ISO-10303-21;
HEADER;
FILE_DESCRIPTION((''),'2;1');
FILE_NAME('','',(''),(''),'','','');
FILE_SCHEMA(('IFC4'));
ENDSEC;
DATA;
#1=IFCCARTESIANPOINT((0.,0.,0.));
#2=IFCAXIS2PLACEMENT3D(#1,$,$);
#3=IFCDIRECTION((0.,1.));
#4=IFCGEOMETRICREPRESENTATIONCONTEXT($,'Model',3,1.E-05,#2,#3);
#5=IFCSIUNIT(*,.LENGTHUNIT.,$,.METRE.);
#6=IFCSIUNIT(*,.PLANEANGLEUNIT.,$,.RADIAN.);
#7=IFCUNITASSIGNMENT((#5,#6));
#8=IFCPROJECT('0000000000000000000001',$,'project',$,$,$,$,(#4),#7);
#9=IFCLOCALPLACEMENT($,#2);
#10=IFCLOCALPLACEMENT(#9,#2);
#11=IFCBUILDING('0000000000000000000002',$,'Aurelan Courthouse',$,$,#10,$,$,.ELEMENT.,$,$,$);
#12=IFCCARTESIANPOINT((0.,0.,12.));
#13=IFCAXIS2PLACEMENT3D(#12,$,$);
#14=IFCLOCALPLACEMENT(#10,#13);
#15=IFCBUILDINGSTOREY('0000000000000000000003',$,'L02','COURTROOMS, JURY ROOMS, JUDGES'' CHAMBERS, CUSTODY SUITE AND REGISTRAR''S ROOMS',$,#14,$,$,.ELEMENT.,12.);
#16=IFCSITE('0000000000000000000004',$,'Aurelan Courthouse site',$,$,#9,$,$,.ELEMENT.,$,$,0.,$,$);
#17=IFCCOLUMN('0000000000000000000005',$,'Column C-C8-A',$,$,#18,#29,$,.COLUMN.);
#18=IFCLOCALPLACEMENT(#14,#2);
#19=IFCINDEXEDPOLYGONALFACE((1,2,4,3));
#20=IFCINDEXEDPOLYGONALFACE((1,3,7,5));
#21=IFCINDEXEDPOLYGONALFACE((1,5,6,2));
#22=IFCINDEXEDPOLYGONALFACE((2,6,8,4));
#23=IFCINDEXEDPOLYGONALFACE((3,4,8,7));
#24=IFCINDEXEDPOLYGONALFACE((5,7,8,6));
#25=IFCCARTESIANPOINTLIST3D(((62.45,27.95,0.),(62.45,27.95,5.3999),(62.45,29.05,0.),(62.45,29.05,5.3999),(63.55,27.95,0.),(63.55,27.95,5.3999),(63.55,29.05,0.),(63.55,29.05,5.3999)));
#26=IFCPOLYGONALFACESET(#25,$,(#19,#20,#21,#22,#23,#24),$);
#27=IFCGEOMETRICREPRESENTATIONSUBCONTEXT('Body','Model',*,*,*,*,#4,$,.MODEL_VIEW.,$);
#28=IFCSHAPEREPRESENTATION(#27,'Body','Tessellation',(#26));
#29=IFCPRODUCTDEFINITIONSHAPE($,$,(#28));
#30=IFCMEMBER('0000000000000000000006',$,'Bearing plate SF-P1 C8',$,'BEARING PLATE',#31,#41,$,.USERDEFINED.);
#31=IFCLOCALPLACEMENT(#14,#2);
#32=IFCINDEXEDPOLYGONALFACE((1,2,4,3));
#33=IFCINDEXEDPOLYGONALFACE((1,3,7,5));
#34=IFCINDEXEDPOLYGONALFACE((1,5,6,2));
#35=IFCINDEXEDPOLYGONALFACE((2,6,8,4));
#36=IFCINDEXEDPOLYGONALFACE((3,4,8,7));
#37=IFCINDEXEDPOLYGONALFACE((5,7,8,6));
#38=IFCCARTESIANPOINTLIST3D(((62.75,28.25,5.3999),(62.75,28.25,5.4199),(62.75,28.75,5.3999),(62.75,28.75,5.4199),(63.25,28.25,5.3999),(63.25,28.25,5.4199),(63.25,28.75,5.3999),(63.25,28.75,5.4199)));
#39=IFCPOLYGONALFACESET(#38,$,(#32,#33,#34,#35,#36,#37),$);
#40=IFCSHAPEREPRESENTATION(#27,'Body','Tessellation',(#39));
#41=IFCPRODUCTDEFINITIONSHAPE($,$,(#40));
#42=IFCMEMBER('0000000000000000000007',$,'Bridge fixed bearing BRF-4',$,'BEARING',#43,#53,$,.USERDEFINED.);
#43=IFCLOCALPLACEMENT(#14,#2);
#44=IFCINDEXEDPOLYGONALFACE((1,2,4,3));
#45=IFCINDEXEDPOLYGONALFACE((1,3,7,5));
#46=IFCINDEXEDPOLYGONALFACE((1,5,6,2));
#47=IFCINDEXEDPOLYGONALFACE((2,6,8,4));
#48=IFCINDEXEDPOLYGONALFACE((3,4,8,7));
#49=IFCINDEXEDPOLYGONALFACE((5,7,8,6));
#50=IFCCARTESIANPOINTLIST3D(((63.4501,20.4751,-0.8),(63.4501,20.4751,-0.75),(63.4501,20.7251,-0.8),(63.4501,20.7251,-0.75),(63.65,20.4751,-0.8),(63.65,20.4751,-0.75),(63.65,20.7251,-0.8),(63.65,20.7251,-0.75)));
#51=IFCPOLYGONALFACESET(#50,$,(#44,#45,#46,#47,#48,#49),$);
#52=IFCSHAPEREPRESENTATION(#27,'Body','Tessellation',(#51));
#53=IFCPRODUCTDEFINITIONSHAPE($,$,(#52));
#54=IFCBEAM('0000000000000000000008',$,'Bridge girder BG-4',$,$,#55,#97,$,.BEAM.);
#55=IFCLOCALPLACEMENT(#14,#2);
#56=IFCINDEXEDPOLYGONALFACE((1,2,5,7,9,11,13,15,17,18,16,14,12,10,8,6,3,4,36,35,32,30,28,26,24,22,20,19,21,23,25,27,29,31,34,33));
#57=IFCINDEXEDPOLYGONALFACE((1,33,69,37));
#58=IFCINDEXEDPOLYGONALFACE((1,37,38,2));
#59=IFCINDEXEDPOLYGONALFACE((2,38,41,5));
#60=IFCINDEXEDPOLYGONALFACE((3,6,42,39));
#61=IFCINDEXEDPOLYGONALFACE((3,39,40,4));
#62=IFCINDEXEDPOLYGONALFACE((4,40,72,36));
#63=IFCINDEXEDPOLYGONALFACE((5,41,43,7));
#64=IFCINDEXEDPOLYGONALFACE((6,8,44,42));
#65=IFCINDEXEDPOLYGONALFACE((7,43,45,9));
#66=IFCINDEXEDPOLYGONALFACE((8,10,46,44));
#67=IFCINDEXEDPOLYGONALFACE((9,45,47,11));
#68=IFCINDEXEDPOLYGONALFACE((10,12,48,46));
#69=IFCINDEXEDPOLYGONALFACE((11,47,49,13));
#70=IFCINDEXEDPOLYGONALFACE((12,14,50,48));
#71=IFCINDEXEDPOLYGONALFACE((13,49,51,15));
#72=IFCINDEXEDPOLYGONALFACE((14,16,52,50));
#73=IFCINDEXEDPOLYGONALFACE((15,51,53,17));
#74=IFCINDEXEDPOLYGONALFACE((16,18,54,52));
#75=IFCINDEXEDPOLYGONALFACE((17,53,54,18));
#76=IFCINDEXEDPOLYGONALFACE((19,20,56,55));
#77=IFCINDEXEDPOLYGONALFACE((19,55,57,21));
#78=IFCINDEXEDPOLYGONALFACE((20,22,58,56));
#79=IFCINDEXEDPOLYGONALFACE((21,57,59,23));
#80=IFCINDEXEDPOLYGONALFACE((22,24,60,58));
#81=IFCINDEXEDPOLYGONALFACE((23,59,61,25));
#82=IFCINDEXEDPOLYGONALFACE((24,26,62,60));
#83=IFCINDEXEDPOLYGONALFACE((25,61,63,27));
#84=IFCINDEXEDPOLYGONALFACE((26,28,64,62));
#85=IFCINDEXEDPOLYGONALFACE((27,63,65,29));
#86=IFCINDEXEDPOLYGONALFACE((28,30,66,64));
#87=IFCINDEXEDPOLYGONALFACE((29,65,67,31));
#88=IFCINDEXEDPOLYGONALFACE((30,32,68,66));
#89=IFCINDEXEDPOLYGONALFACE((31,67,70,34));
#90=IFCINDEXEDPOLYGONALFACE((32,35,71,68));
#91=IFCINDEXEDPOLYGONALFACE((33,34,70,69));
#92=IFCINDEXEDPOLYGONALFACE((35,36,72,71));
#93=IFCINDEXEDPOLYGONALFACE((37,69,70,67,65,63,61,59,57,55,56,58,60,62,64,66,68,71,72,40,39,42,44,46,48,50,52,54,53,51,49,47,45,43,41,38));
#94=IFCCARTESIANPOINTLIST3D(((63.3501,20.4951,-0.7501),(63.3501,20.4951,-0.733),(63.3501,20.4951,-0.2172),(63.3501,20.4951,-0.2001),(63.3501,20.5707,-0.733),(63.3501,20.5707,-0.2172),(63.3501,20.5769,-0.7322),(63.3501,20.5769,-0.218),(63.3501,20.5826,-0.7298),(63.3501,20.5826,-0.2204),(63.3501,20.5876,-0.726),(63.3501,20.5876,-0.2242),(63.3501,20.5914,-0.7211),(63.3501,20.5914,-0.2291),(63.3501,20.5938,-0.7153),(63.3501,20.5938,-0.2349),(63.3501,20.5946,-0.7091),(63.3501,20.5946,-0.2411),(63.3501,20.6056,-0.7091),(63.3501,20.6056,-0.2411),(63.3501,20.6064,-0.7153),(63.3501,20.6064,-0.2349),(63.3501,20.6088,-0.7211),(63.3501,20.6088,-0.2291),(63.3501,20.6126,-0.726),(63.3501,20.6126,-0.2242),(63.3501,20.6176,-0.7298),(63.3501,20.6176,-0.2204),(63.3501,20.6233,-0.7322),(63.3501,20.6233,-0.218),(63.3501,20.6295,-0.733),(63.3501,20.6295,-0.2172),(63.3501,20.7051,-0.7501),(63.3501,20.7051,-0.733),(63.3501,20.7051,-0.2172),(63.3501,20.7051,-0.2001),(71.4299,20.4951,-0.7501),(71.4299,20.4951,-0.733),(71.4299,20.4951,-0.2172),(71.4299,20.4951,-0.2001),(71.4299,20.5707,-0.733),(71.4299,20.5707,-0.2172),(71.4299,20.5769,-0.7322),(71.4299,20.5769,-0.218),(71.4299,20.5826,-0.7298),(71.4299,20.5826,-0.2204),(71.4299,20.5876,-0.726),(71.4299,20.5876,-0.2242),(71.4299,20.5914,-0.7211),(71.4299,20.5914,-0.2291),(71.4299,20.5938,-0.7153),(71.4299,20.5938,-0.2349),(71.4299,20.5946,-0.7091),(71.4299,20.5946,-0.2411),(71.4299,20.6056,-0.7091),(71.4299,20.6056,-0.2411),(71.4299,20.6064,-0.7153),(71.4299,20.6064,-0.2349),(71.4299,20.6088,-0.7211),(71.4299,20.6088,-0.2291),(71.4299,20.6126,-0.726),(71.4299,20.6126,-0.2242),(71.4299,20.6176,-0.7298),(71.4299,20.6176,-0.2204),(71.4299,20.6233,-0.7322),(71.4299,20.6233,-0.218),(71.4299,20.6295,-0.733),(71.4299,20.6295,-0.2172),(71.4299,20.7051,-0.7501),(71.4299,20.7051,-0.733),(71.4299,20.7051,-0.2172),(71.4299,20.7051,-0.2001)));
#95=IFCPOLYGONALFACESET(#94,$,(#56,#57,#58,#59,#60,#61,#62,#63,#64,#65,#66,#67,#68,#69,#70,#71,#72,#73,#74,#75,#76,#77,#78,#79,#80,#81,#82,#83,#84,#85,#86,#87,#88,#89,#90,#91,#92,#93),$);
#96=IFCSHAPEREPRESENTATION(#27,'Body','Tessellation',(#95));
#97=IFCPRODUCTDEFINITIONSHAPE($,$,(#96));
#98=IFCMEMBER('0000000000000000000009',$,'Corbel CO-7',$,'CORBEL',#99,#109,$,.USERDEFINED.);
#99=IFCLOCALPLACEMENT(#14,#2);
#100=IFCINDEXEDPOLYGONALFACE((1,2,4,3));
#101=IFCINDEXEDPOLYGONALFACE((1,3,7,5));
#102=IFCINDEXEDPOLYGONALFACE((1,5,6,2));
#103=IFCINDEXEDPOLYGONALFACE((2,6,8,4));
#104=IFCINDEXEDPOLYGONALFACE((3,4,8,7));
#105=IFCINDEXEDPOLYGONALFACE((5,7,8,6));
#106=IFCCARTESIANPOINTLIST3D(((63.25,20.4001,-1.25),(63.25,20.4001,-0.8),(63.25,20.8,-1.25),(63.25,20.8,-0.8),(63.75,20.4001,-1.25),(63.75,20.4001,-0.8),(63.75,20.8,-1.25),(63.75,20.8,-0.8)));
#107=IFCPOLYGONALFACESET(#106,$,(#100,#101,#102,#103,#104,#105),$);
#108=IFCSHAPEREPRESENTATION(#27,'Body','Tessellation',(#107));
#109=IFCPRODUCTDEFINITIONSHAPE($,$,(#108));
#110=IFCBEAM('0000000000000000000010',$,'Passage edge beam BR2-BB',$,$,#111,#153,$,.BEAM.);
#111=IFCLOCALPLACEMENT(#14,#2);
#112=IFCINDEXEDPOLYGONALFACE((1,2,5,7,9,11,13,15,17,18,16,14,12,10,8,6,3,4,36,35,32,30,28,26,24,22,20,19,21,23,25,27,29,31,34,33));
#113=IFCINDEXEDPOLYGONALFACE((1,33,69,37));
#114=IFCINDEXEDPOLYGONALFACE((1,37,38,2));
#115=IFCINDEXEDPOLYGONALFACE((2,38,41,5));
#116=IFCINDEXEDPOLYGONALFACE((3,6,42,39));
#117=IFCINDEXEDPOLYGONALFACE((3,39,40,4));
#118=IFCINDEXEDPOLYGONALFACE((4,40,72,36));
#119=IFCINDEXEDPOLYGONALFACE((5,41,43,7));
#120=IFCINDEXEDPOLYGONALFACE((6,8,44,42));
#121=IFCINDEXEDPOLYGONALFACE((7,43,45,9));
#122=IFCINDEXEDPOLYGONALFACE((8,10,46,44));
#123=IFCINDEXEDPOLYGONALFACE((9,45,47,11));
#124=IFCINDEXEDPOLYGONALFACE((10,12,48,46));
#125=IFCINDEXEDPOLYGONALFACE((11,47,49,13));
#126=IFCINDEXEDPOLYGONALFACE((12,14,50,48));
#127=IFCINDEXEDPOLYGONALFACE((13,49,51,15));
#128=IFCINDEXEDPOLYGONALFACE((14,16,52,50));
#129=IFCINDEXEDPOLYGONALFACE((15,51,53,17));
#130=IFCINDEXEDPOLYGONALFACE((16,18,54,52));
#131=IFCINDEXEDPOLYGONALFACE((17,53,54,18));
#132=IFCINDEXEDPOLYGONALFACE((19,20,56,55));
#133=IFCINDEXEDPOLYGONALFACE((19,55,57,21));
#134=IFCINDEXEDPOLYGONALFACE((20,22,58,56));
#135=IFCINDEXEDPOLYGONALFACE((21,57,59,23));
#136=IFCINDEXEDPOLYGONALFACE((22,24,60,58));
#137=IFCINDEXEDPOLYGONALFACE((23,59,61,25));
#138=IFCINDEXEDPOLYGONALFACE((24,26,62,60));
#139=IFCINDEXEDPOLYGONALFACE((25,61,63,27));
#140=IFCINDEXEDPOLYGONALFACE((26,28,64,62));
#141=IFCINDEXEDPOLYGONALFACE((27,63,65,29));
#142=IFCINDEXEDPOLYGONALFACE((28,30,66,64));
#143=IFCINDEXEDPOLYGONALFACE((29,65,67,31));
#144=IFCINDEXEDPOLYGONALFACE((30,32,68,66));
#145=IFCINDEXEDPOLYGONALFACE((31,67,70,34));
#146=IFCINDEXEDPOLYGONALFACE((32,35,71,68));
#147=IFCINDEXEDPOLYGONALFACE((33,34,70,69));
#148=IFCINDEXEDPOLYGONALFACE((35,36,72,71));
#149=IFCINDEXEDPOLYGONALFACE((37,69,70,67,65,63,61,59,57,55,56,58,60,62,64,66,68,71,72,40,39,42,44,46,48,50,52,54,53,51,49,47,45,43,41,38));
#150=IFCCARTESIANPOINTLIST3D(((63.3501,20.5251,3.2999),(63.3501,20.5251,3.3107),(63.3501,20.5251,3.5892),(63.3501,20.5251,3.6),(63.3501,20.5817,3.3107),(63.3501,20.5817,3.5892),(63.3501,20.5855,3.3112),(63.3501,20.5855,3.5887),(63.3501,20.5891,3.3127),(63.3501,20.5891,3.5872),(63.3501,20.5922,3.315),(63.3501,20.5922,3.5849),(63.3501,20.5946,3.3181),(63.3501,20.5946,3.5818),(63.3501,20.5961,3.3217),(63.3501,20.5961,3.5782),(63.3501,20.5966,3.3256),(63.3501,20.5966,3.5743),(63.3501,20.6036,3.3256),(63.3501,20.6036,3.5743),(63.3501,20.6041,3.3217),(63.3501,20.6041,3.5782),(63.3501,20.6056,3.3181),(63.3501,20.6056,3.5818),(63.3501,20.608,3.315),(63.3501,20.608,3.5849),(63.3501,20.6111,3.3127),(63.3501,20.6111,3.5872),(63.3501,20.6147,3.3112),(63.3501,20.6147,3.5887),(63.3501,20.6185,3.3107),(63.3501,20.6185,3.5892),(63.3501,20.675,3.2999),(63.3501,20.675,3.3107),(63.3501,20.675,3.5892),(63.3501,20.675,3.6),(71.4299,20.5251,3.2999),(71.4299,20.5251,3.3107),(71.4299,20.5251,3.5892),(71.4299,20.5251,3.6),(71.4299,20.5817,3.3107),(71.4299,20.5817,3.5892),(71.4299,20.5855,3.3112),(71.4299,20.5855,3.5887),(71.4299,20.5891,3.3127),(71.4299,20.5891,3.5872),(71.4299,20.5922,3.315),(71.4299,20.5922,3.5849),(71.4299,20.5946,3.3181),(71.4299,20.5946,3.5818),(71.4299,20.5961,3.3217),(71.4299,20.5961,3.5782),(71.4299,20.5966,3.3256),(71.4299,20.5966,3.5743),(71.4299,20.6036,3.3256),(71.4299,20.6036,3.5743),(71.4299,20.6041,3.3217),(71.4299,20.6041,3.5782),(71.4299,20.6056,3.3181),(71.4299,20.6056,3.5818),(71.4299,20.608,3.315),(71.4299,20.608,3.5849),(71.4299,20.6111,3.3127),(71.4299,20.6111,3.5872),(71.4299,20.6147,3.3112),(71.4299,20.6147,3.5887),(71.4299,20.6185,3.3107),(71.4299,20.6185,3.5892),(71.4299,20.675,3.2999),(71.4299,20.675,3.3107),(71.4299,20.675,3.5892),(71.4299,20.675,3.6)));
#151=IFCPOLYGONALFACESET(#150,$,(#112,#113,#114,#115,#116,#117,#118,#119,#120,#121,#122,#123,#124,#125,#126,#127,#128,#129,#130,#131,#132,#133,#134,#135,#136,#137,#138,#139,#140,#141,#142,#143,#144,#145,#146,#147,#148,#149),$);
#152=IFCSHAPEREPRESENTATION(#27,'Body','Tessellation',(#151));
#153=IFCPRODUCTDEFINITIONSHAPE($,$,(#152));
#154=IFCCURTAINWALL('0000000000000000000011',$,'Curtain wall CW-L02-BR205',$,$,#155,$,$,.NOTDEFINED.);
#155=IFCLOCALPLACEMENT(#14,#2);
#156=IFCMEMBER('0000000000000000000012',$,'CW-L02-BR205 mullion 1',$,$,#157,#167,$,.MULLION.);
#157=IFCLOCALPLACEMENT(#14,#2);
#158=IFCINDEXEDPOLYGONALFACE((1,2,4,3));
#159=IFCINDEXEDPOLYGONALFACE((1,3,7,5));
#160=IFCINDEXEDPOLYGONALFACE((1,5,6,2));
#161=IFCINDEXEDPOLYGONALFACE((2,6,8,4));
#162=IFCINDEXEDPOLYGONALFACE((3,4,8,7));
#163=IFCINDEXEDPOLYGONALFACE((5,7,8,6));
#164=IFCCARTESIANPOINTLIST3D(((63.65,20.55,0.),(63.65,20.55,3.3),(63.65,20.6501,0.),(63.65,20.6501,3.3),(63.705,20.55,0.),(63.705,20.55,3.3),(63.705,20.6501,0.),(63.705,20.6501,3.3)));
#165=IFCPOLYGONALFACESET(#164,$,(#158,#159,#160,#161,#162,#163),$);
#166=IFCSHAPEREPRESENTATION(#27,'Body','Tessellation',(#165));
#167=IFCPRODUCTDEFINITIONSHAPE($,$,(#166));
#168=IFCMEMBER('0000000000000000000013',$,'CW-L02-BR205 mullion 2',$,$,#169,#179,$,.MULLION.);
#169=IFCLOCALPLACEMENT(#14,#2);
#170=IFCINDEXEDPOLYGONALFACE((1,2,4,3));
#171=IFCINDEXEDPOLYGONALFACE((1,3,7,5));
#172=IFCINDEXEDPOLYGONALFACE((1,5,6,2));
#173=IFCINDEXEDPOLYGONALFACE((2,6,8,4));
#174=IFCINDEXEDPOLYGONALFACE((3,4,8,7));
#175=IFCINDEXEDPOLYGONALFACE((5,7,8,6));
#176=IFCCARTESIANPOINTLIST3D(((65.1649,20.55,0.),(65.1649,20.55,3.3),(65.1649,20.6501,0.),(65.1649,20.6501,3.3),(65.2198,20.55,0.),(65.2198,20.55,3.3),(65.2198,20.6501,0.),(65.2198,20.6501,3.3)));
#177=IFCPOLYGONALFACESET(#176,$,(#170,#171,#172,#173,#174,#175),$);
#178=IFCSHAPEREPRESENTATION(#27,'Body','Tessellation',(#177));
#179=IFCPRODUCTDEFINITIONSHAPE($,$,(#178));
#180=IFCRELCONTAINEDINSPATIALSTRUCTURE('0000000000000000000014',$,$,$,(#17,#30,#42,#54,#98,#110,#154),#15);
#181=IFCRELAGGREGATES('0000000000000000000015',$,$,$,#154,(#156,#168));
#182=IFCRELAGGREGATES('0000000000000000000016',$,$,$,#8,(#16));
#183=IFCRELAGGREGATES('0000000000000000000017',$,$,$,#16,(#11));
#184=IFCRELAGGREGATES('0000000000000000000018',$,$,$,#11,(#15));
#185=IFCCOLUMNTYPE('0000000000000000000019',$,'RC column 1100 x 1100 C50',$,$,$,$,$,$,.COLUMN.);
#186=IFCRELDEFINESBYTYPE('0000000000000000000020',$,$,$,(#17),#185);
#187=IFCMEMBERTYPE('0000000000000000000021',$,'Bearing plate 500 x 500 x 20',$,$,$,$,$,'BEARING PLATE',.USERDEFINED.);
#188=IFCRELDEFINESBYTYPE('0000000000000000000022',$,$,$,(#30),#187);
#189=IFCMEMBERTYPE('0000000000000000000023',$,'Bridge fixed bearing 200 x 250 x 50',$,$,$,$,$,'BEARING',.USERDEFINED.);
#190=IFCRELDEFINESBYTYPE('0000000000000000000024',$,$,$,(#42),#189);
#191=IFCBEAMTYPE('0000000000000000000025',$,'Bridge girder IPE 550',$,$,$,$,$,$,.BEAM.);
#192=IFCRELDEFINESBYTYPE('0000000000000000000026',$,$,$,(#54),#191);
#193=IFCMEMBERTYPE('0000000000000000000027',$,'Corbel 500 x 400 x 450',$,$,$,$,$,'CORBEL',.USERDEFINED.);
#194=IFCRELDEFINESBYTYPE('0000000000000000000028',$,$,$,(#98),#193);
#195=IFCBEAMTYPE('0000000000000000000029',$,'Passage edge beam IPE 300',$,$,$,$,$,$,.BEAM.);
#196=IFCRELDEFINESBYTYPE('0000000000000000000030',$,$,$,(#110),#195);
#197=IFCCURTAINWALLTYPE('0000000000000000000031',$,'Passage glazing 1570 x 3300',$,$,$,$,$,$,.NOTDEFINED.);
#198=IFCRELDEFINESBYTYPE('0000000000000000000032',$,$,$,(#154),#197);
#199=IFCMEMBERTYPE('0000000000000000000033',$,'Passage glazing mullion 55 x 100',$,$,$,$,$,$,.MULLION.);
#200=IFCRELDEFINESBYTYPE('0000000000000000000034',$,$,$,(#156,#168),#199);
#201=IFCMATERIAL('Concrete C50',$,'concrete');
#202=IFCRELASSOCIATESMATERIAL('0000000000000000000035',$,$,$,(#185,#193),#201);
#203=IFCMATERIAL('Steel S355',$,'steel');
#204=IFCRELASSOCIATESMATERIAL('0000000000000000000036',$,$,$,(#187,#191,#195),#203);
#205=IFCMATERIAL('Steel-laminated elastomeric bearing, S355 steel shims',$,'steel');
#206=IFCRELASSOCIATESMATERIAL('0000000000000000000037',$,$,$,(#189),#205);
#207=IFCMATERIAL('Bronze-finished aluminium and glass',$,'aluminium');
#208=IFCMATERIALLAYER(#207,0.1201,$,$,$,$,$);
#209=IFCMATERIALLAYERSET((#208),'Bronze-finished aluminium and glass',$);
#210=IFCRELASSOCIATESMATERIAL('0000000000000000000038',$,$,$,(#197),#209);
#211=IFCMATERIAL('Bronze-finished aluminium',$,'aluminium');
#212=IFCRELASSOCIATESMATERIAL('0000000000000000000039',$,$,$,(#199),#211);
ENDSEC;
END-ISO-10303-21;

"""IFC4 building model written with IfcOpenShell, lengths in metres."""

from ifc_helpers import new_model, si_unit, direction, frame, origin, origin_2d, place, context, subcontext, project, spatial, rectangle, i_section, extrude, material, layer, layer_set, material_profile, profile_set, type_object, element, aggregate, save


model = new_model("IFC4")

# Units and contexts
model_context = context("Model", 3, precision=1e-05, world=origin(), true_north=direction((0.0, 1.0)))
body_context = subcontext(model_context, "Body", "Model", "MODEL_VIEW")
ifc_project = project(units=[si_unit("LENGTHUNIT", "METRE"), si_unit("PLANEANGLEUNIT", "RADIAN")], contexts=[model_context])

# Site, building, storey
site_placement = place(None, origin())
site = spatial("IfcSite", under=ifc_project, at=site_placement, Name="Aurelan Courthouse site", CompositionType="ELEMENT", RefElevation=0.0)
building_placement = place(site_placement, origin())
building = spatial("IfcBuilding", under=site, at=building_placement, Name="Aurelan Courthouse", CompositionType="ELEMENT")
storey_placement = place(building_placement, frame((0.0, 0.0, 12.0)))
storey = spatial("IfcBuildingStorey", under=building, at=storey_placement, Name="L02", Description="COURTROOMS, JURY ROOMS, JUDGES' CHAMBERS, CUSTODY SUITE AND REGISTRAR'S ROOMS", CompositionType="ELEMENT", Elevation=12.0)

# Column
ifc_material_1 = material(Name="Concrete C50", Category="concrete")
ifc_material_profile_1 = material_profile(ifc_material_1, rectangle(XDim=1.1001, YDim=1.1001, at=origin_2d()), Name="RC 1100 x 1100")
ifc_profile_set_1 = profile_set([ifc_material_profile_1], Name="Concrete C50")
column_type = type_object("IfcColumnType", Name="RC column 1100 x 1100 C50", PredefinedType="COLUMN", material=ifc_profile_set_1)
column_placement = place(storey_placement, frame((63.0, 28.5, 0.0), z_axis=(0.0, 0.0, 1.0), x_axis=(1.0, 0.0, 0.0)))
element("IfcColumn", 1, at=column_placement, inside=storey, type_object=column_type, Name="Column C-C8-A", PredefinedType="COLUMN", context=body_context, shape_type="SweptSolid", body=[
    extrude(rectangle(XDim=1.1001, YDim=1.1001, at=origin_2d()), origin(), (0.0, 0.0, 1.0), 5.3999),
])

# Members
ifc_material_2 = material(Name="Steel S355", Category="steel")
ifc_material_profile_2 = material_profile(ifc_material_2, rectangle(XDim=0.5, YDim=0.5, at=origin_2d()), Name="PL 500 x 500")
ifc_profile_set_2 = profile_set([ifc_material_profile_2], Name="Steel S355")
member_type_1 = type_object("IfcMemberType", Name="Bearing plate 500 x 500 x 20", ElementType="BEARING PLATE", PredefinedType="USERDEFINED", material=ifc_profile_set_2)
member_1_placement = place(storey_placement, frame((63.0, 28.5, 5.3999), z_axis=(0.0, 0.0, 1.0), x_axis=(1.0, 0.0, 0.0)))
element("IfcMember", 2, at=member_1_placement, inside=storey, type_object=member_type_1, Name="Bearing plate SF-P1 C8", ObjectType="BEARING PLATE", PredefinedType="USERDEFINED", context=body_context, shape_type="SweptSolid", body=[
    extrude(rectangle(XDim=0.5, YDim=0.5, at=origin_2d()), origin(), (0.0, 0.0, 1.0), 0.02),
])
ifc_material_3 = material(Name="Steel-laminated elastomeric bearing, S355 steel shims", Category="steel")
ifc_material_profile_3 = material_profile(ifc_material_3, rectangle(XDim=0.2, YDim=0.25, at=origin_2d()), Name="PL 200 x 250")
ifc_profile_set_3 = profile_set([ifc_material_profile_3], Name="Steel-laminated elastomeric bearing, S355 steel shims")
member_type_2 = type_object("IfcMemberType", Name="Bridge fixed bearing 200 x 250 x 50", ElementType="BEARING", PredefinedType="USERDEFINED", material=ifc_profile_set_3)
member_2_placement = place(storey_placement, frame((63.55, 20.6001, -0.8), z_axis=(0.0, 0.0, 1.0), x_axis=(1.0, 0.0, 0.0)))
element("IfcMember", 3, at=member_2_placement, inside=storey, type_object=member_type_2, Name="Bridge fixed bearing BRF-4", ObjectType="BEARING", PredefinedType="USERDEFINED", context=body_context, shape_type="SweptSolid", body=[
    extrude(rectangle(XDim=0.2, YDim=0.25, at=origin_2d()), origin(), (0.0, 0.0, 1.0), 0.05),
])

# Beam
ifc_material_profile_4 = material_profile(ifc_material_2, i_section(OverallWidth=0.21, OverallDepth=0.55, WebThickness=0.011, FlangeThickness=0.0171, FilletRadius=0.0239, at=origin_2d()), Name="IPE 550")
ifc_profile_set_4 = profile_set([ifc_material_profile_4], Name="Steel S355")
beam_type_1 = type_object("IfcBeamType", Name="Bridge girder IPE 550", PredefinedType="BEAM", material=ifc_profile_set_4)
beam_1_placement = place(storey_placement, frame((63.3501, 20.6001, -0.4751), z_axis=(1.0, 0.0, 0.0), x_axis=(0.0, 1.0, 0.0)))
element("IfcBeam", 4, at=beam_1_placement, inside=storey, type_object=beam_type_1, Name="Bridge girder BG-4", PredefinedType="BEAM", context=body_context, shape_type="SweptSolid", body=[
    extrude(i_section(OverallWidth=0.21, OverallDepth=0.55, WebThickness=0.011, FlangeThickness=0.0171, FilletRadius=0.0239, at=origin_2d()), origin(), (0.0, 0.0, 1.0), 8.0798),
])

# Member
member_type_3 = type_object("IfcMemberType", Name="Corbel 500 x 400 x 450", ElementType="CORBEL", PredefinedType="USERDEFINED", material=ifc_material_1)
member_3_placement = place(storey_placement, frame((63.5, 20.6001, -1.25), z_axis=(0.0, 0.0, 1.0), x_axis=(1.0, 0.0, 0.0)))
element("IfcMember", 5, at=member_3_placement, inside=storey, type_object=member_type_3, Name="Corbel CO-7", ObjectType="CORBEL", PredefinedType="USERDEFINED", context=body_context, shape_type="SweptSolid", body=[
    extrude(rectangle(XDim=0.5, YDim=0.3999, at=origin_2d()), origin(), (0.0, 0.0, 1.0), 0.45),
])

# Beam
ifc_material_profile_5 = material_profile(ifc_material_2, i_section(OverallWidth=0.1499, OverallDepth=0.3, WebThickness=0.0071, FlangeThickness=0.0107, FilletRadius=0.0149, at=origin_2d()), Name="IPE 300")
ifc_profile_set_5 = profile_set([ifc_material_profile_5], Name="Steel S355")
beam_type_2 = type_object("IfcBeamType", Name="Passage edge beam IPE 300", PredefinedType="BEAM", material=ifc_profile_set_5)
beam_2_placement = place(storey_placement, frame((63.3501, 20.6001, 3.45), z_axis=(1.0, 0.0, 0.0), x_axis=(0.0, 1.0, 0.0)))
element("IfcBeam", 6, at=beam_2_placement, inside=storey, type_object=beam_type_2, Name="Passage edge beam BR2-BB", PredefinedType="BEAM", context=body_context, shape_type="SweptSolid", body=[
    extrude(i_section(OverallWidth=0.1499, OverallDepth=0.3, WebThickness=0.0071, FlangeThickness=0.0107, FilletRadius=0.0149, at=origin_2d()), origin(), (0.0, 0.0, 1.0), 8.0798),
])

# Curtain wall, members
ifc_material_4 = material(Name="Bronze-finished aluminium and glass", Category="aluminium")
ifc_layer_1 = layer(ifc_material_4, 0.1201)
ifc_layer_set_1 = layer_set([ifc_layer_1], Name="Bronze-finished aluminium and glass")
curtain_wall_type_1 = type_object("IfcCurtainWallType", Name="Passage glazing 1570 x 3300", PredefinedType="NOTDEFINED", material=ifc_layer_set_1)
curtain_wall_1_placement = place(storey_placement, origin())
curtain_wall_1 = element("IfcCurtainWall", 7, at=curtain_wall_1_placement, inside=storey, type_object=curtain_wall_type_1, Name="Curtain wall CW-L02-BR205", PredefinedType="NOTDEFINED")
ifc_material_5 = material(Name="Bronze-finished aluminium", Category="aluminium")
ifc_material_profile_6 = material_profile(ifc_material_5, rectangle(XDim=0.1001, YDim=0.0549, at=origin_2d()), Name="Passage glazing mullion 55 x 100")
ifc_profile_set_6 = profile_set([ifc_material_profile_6], Name="Bronze-finished aluminium")
member_type_4 = type_object("IfcMemberType", Name="Passage glazing mullion 55 x 100", PredefinedType="MULLION", material=ifc_profile_set_6)
member_4_placement = place(storey_placement, frame((63.6775, 20.6001, 0.0), z_axis=(0.0, 0.0, 1.0), x_axis=(0.0, 1.0, 0.0)))
member_4 = element("IfcMember", 8, at=member_4_placement, type_object=member_type_4, Name="CW-L02-BR205 mullion 1", PredefinedType="MULLION", context=body_context, shape_type="SweptSolid", body=[
    extrude(rectangle(XDim=0.1001, YDim=0.0549, at=origin_2d()), origin(), (0.0, 0.0, 1.0), 3.3),
])
member_5_placement = place(storey_placement, frame((65.1924, 20.6001, 0.0), z_axis=(0.0, 0.0, 1.0), x_axis=(0.0, 1.0, 0.0)))
member_5 = element("IfcMember", 9, at=member_5_placement, type_object=member_type_4, Name="CW-L02-BR205 mullion 2", PredefinedType="MULLION", context=body_context, shape_type="SweptSolid", body=[
    extrude(rectangle(XDim=0.1001, YDim=0.0549, at=origin_2d()), origin(), (0.0, 0.0, 1.0), 3.3),
])

aggregate(curtain_wall_1, [member_4, member_5])

save(model, "model.ifc")
